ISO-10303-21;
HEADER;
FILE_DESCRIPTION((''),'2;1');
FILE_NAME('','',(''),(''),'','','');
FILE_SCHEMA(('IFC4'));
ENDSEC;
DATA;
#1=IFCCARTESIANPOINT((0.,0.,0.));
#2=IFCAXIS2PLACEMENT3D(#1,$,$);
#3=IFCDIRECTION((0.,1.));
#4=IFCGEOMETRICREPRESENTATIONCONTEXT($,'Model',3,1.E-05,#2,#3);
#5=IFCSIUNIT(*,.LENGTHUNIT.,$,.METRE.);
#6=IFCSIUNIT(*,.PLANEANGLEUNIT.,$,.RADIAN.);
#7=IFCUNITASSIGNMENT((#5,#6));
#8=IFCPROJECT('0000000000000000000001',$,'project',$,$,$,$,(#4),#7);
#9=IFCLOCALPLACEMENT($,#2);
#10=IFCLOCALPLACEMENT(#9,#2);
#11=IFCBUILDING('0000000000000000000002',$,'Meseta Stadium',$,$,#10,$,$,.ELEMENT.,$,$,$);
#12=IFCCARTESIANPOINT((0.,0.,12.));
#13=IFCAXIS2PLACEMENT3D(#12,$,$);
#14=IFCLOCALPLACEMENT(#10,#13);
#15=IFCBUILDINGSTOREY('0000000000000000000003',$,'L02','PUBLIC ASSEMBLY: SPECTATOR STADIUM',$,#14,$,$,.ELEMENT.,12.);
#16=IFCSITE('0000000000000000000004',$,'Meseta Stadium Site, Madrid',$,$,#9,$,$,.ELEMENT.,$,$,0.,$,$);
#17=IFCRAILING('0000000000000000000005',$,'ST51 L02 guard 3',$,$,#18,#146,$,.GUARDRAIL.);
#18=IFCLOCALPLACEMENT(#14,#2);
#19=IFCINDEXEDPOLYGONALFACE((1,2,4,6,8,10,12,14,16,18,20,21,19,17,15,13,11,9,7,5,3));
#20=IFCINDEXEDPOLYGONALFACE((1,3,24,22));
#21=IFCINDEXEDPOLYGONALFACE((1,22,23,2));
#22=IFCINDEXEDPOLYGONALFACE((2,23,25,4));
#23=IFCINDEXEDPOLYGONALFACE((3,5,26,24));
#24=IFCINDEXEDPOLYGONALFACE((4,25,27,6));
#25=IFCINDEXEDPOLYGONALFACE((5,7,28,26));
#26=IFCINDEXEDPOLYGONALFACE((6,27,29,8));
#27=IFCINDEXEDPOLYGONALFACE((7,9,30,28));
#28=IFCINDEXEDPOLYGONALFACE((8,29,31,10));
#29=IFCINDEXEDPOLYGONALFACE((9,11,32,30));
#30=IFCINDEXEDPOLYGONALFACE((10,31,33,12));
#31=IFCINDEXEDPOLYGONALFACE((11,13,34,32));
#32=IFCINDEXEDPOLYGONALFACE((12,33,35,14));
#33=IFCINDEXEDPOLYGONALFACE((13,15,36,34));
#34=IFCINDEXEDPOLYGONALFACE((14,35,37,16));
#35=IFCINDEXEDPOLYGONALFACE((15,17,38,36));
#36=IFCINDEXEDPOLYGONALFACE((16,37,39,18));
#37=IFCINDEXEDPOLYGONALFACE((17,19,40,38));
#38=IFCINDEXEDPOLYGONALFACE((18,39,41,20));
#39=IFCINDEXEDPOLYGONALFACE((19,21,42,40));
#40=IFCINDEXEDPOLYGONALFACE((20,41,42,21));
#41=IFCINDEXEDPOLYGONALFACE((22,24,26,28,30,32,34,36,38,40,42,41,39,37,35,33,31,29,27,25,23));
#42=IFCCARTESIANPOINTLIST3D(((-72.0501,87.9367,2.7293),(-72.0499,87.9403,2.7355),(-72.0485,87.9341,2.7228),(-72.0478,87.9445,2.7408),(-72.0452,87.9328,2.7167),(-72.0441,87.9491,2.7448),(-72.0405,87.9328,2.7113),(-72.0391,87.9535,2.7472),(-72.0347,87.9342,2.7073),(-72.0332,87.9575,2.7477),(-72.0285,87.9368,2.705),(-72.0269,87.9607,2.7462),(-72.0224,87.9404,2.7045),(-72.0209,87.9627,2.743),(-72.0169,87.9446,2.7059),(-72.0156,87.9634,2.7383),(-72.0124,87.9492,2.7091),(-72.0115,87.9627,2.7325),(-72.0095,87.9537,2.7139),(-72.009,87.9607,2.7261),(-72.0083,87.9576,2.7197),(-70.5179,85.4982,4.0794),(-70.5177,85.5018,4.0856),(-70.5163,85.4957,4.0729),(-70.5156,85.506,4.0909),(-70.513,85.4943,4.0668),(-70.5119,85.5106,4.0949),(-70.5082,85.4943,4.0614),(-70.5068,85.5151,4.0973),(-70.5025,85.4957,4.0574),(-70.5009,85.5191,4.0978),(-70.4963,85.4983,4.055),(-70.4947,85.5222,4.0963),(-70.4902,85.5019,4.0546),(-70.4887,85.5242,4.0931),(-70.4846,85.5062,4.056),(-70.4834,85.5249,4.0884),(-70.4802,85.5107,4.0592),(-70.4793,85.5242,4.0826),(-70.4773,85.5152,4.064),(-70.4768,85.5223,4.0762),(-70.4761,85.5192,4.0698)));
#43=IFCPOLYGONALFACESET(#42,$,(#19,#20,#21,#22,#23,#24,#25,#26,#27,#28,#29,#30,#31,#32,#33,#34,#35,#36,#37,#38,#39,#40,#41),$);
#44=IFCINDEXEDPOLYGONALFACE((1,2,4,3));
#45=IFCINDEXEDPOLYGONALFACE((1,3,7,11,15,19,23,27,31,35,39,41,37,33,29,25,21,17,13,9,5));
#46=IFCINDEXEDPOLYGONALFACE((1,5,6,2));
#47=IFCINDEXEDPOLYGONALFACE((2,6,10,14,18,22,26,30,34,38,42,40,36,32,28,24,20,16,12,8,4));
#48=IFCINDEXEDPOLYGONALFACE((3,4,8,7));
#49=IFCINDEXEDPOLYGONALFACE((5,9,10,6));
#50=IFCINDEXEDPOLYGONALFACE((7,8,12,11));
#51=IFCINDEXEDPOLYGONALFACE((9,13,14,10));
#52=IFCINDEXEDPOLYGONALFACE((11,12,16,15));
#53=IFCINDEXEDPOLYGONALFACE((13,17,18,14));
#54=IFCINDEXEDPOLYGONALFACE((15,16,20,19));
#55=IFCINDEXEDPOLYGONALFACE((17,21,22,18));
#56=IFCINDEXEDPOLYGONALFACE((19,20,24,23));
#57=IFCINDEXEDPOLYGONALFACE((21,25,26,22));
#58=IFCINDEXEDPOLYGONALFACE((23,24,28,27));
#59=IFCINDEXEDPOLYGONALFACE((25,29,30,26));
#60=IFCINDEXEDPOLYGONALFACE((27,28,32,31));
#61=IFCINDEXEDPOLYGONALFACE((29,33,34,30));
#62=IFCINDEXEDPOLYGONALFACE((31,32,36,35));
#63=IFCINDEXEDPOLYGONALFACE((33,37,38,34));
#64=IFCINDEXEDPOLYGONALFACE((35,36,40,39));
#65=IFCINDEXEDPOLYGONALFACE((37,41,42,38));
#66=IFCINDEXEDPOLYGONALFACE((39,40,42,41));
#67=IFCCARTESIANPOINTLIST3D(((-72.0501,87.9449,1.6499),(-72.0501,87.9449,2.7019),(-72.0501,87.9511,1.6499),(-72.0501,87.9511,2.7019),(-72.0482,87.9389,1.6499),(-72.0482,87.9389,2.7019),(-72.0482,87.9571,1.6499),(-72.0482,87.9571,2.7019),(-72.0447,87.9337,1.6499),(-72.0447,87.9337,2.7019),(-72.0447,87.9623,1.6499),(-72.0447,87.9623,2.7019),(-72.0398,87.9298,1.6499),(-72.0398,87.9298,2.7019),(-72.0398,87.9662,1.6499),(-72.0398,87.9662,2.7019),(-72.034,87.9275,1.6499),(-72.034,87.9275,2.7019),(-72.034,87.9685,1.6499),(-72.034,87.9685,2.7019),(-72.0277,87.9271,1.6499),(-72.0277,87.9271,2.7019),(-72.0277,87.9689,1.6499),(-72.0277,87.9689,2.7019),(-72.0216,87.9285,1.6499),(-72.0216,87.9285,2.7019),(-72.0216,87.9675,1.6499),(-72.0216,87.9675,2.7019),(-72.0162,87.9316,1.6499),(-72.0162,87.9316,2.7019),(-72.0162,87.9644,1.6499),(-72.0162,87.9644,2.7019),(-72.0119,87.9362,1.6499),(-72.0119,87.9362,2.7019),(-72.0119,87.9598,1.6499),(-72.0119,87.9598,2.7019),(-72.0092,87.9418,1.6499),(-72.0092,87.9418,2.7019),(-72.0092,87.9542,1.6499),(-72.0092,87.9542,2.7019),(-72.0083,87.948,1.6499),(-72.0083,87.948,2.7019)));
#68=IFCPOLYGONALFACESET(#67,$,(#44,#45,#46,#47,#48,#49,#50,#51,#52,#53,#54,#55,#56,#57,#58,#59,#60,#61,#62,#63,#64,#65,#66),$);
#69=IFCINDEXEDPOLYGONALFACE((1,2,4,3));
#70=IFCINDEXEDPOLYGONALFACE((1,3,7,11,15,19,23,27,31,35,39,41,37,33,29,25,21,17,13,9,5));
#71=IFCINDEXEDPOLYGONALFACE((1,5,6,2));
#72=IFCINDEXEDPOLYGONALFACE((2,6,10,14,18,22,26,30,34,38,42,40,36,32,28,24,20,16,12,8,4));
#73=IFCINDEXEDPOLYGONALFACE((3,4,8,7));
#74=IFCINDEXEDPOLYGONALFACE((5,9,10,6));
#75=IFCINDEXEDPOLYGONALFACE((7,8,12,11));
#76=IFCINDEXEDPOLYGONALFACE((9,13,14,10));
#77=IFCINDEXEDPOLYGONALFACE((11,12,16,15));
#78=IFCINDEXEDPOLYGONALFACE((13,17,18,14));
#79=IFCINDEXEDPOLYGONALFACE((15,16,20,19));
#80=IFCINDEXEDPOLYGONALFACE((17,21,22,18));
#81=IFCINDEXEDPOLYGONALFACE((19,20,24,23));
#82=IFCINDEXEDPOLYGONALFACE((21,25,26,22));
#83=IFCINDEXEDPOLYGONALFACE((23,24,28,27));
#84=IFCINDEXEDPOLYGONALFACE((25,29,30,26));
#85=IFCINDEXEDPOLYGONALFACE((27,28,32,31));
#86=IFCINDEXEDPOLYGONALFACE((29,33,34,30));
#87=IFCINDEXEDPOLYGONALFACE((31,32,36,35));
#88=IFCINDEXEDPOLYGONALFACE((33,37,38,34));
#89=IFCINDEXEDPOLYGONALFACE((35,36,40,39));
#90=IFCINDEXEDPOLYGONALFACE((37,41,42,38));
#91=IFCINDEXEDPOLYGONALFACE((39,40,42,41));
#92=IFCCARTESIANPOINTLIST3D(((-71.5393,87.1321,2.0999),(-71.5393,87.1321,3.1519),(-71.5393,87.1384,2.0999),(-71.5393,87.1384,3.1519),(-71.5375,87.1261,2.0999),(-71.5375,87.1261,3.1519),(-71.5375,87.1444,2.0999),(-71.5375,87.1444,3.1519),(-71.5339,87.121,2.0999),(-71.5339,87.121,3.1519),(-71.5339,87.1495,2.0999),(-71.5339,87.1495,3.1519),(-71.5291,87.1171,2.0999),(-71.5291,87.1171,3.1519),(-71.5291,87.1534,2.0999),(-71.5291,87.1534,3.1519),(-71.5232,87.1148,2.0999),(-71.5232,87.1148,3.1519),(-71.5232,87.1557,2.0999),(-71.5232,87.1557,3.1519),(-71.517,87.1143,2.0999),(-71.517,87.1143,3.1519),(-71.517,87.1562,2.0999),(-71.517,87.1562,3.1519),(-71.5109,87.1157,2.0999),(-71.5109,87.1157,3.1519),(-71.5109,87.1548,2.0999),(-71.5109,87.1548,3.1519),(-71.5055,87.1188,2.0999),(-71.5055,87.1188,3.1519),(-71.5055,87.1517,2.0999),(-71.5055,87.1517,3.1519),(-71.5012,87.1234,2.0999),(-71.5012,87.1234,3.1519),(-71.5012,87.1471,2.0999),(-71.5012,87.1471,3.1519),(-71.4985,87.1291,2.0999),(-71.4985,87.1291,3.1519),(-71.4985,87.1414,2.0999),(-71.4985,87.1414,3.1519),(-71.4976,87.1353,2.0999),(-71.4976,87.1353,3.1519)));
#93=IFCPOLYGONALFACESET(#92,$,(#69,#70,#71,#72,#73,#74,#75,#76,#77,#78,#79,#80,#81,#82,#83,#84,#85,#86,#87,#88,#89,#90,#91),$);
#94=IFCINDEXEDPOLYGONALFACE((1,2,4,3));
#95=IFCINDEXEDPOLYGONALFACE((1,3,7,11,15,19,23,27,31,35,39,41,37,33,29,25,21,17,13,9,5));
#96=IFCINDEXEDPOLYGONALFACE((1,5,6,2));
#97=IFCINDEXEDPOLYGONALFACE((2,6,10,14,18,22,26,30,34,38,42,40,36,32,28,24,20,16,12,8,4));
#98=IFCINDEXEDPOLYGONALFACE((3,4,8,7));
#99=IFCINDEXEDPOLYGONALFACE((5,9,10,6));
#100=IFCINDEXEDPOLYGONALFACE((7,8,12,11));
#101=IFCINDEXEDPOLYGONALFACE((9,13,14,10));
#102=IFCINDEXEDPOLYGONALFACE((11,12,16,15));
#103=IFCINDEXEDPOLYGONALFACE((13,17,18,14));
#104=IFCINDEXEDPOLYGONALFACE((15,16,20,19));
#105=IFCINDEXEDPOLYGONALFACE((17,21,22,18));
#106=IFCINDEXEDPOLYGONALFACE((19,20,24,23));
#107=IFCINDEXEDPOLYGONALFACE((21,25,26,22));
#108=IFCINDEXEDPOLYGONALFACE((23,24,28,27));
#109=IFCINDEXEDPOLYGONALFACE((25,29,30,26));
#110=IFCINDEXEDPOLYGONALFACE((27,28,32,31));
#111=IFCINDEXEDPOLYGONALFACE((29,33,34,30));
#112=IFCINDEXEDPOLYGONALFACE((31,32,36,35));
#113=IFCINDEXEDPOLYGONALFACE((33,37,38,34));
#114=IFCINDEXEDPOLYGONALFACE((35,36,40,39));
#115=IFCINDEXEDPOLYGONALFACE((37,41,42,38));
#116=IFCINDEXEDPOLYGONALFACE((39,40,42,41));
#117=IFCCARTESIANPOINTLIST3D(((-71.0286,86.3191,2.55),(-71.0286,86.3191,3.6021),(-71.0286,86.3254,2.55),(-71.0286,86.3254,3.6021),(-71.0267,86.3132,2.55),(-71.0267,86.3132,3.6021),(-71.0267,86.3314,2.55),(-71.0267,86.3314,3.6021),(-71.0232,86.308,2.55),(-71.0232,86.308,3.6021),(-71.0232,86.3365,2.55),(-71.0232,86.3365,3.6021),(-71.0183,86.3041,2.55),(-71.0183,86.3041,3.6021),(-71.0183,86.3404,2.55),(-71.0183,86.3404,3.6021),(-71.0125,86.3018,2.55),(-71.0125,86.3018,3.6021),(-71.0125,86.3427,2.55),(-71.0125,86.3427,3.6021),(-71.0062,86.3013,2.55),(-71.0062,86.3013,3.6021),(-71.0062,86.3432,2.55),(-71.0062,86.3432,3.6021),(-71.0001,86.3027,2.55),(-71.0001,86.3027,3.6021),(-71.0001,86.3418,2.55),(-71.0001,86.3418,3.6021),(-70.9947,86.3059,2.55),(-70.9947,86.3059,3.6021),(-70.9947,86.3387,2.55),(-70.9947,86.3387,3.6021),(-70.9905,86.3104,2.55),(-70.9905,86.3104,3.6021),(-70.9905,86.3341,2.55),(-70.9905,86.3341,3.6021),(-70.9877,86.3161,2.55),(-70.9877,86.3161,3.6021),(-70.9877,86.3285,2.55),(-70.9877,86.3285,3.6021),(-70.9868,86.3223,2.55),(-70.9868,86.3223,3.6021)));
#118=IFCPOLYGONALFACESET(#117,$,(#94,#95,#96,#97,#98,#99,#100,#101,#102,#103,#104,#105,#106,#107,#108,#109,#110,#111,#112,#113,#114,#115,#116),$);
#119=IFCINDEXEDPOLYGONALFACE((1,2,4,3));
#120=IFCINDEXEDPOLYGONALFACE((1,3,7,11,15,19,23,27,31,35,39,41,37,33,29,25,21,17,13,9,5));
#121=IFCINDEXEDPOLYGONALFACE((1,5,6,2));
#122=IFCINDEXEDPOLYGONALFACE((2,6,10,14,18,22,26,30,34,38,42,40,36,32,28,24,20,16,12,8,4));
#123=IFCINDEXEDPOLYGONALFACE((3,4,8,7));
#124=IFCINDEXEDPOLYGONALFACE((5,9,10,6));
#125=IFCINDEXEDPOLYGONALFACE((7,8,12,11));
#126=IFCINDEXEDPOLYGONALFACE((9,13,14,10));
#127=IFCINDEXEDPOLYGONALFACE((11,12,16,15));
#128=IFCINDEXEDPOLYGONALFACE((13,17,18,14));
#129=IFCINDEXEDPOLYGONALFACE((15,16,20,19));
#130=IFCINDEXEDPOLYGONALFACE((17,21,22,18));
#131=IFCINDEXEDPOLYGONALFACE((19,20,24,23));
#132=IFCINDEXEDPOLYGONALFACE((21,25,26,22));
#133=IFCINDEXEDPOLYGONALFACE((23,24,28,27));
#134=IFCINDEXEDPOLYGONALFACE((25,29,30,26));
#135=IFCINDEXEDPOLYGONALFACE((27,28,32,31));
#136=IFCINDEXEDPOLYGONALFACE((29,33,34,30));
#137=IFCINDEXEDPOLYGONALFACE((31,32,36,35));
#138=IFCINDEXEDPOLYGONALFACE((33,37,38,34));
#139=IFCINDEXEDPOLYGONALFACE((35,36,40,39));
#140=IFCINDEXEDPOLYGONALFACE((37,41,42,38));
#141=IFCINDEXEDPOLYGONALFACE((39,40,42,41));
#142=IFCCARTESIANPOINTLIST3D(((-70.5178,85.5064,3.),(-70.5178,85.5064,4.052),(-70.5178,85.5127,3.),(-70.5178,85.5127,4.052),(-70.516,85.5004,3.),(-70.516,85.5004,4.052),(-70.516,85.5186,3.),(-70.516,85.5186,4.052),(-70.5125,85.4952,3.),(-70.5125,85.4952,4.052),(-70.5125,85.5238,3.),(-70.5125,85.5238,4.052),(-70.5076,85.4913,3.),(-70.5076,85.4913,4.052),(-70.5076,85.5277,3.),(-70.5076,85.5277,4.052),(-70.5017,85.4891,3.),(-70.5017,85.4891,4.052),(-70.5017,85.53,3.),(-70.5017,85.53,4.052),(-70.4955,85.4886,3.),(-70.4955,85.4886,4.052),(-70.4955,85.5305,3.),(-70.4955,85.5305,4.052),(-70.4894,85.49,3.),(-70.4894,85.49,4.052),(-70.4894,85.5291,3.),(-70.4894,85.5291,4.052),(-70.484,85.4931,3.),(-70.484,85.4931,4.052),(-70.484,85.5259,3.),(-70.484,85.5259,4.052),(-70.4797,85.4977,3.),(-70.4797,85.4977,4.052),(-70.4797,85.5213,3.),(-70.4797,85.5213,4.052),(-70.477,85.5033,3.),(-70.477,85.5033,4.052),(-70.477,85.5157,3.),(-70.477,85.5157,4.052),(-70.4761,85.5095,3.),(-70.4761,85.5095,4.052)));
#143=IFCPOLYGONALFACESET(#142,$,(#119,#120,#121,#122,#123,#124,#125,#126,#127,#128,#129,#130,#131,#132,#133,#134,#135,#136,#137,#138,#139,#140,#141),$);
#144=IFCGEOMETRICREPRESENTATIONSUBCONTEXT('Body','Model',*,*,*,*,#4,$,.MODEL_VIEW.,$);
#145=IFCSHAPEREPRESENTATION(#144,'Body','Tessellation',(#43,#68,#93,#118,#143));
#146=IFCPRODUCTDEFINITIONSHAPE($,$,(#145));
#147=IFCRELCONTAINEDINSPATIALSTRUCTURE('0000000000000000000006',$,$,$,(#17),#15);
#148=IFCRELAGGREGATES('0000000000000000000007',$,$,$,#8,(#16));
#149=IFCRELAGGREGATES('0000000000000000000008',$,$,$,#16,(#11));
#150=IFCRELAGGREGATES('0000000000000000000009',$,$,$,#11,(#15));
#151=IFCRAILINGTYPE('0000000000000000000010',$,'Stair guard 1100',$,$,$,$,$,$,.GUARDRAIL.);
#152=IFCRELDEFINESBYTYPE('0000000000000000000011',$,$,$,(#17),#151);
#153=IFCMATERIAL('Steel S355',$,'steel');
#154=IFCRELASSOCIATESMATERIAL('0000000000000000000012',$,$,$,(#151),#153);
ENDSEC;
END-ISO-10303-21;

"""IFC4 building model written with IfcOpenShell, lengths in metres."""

from ifc_helpers import new_model, si_unit, direction, frame, origin, origin_2d, place, context, subcontext, project, spatial, circle, extrude, material, type_object, element, save


model = new_model("IFC4")

# Units and contexts
model_context = context("Model", 3, precision=1e-05, world=origin(), true_north=direction((0.0, 1.0)))
body_context = subcontext(model_context, "Body", "Model", "MODEL_VIEW")
ifc_project = project(units=[si_unit("LENGTHUNIT", "METRE"), si_unit("PLANEANGLEUNIT", "RADIAN")], contexts=[model_context])

# Site, building, storey
site_placement = place(None, origin())
site = spatial("IfcSite", under=ifc_project, at=site_placement, Name="Meseta Stadium Site, Madrid", CompositionType="ELEMENT", RefElevation=0.0)
building_placement = place(site_placement, origin())
building = spatial("IfcBuilding", under=site, at=building_placement, Name="Meseta Stadium", CompositionType="ELEMENT")
storey_placement = place(building_placement, frame((0.0, 0.0, 12.0)))
storey = spatial("IfcBuildingStorey", under=building, at=storey_placement, Name="L02", Description="PUBLIC ASSEMBLY: SPECTATOR STADIUM", CompositionType="ELEMENT", Elevation=12.0)

# Railing
ifc_material_1 = material(Name="Steel S355", Category="steel")
railing_type_1 = type_object("IfcRailingType", Name="Stair guard 1100", PredefinedType="GUARDRAIL", material=ifc_material_1)
railing_1_placement = place(storey_placement, frame((-72.0293, 87.948, 1.6499)))
element("IfcRailing", 1, at=railing_1_placement, inside=storey, type_object=railing_type_1, Name="ST51 L02 guard 3", PredefinedType="GUARDRAIL", context=body_context, shape_type="SweptSolid", body=[
    extrude(circle(Radius=0.0239, at=origin_2d()), frame((0.0, 0.0, 1.0762), z_axis=(0.481731, -0.766655, 0.42447), x_axis=(0.846719, 0.53204, 0.0)), (0.0, 0.0, 1.0), 3.1807),
    extrude(circle(Radius=0.021, at=origin_2d()), origin(), (0.0, 0.0, 1.0), 1.052),
    extrude(circle(Radius=0.021, at=origin_2d()), frame((0.5107, -0.8127, 0.45)), (0.0, 0.0, 1.0), 1.052),
    extrude(circle(Radius=0.021, at=origin_2d()), frame((1.0215, -1.6257, 0.9001)), (0.0, 0.0, 1.0), 1.052),
    extrude(circle(Radius=0.021, at=origin_2d()), frame((1.5322, -2.4385, 1.3501)), (0.0, 0.0, 1.0), 1.052),
])

save(model, "model.ifc")
